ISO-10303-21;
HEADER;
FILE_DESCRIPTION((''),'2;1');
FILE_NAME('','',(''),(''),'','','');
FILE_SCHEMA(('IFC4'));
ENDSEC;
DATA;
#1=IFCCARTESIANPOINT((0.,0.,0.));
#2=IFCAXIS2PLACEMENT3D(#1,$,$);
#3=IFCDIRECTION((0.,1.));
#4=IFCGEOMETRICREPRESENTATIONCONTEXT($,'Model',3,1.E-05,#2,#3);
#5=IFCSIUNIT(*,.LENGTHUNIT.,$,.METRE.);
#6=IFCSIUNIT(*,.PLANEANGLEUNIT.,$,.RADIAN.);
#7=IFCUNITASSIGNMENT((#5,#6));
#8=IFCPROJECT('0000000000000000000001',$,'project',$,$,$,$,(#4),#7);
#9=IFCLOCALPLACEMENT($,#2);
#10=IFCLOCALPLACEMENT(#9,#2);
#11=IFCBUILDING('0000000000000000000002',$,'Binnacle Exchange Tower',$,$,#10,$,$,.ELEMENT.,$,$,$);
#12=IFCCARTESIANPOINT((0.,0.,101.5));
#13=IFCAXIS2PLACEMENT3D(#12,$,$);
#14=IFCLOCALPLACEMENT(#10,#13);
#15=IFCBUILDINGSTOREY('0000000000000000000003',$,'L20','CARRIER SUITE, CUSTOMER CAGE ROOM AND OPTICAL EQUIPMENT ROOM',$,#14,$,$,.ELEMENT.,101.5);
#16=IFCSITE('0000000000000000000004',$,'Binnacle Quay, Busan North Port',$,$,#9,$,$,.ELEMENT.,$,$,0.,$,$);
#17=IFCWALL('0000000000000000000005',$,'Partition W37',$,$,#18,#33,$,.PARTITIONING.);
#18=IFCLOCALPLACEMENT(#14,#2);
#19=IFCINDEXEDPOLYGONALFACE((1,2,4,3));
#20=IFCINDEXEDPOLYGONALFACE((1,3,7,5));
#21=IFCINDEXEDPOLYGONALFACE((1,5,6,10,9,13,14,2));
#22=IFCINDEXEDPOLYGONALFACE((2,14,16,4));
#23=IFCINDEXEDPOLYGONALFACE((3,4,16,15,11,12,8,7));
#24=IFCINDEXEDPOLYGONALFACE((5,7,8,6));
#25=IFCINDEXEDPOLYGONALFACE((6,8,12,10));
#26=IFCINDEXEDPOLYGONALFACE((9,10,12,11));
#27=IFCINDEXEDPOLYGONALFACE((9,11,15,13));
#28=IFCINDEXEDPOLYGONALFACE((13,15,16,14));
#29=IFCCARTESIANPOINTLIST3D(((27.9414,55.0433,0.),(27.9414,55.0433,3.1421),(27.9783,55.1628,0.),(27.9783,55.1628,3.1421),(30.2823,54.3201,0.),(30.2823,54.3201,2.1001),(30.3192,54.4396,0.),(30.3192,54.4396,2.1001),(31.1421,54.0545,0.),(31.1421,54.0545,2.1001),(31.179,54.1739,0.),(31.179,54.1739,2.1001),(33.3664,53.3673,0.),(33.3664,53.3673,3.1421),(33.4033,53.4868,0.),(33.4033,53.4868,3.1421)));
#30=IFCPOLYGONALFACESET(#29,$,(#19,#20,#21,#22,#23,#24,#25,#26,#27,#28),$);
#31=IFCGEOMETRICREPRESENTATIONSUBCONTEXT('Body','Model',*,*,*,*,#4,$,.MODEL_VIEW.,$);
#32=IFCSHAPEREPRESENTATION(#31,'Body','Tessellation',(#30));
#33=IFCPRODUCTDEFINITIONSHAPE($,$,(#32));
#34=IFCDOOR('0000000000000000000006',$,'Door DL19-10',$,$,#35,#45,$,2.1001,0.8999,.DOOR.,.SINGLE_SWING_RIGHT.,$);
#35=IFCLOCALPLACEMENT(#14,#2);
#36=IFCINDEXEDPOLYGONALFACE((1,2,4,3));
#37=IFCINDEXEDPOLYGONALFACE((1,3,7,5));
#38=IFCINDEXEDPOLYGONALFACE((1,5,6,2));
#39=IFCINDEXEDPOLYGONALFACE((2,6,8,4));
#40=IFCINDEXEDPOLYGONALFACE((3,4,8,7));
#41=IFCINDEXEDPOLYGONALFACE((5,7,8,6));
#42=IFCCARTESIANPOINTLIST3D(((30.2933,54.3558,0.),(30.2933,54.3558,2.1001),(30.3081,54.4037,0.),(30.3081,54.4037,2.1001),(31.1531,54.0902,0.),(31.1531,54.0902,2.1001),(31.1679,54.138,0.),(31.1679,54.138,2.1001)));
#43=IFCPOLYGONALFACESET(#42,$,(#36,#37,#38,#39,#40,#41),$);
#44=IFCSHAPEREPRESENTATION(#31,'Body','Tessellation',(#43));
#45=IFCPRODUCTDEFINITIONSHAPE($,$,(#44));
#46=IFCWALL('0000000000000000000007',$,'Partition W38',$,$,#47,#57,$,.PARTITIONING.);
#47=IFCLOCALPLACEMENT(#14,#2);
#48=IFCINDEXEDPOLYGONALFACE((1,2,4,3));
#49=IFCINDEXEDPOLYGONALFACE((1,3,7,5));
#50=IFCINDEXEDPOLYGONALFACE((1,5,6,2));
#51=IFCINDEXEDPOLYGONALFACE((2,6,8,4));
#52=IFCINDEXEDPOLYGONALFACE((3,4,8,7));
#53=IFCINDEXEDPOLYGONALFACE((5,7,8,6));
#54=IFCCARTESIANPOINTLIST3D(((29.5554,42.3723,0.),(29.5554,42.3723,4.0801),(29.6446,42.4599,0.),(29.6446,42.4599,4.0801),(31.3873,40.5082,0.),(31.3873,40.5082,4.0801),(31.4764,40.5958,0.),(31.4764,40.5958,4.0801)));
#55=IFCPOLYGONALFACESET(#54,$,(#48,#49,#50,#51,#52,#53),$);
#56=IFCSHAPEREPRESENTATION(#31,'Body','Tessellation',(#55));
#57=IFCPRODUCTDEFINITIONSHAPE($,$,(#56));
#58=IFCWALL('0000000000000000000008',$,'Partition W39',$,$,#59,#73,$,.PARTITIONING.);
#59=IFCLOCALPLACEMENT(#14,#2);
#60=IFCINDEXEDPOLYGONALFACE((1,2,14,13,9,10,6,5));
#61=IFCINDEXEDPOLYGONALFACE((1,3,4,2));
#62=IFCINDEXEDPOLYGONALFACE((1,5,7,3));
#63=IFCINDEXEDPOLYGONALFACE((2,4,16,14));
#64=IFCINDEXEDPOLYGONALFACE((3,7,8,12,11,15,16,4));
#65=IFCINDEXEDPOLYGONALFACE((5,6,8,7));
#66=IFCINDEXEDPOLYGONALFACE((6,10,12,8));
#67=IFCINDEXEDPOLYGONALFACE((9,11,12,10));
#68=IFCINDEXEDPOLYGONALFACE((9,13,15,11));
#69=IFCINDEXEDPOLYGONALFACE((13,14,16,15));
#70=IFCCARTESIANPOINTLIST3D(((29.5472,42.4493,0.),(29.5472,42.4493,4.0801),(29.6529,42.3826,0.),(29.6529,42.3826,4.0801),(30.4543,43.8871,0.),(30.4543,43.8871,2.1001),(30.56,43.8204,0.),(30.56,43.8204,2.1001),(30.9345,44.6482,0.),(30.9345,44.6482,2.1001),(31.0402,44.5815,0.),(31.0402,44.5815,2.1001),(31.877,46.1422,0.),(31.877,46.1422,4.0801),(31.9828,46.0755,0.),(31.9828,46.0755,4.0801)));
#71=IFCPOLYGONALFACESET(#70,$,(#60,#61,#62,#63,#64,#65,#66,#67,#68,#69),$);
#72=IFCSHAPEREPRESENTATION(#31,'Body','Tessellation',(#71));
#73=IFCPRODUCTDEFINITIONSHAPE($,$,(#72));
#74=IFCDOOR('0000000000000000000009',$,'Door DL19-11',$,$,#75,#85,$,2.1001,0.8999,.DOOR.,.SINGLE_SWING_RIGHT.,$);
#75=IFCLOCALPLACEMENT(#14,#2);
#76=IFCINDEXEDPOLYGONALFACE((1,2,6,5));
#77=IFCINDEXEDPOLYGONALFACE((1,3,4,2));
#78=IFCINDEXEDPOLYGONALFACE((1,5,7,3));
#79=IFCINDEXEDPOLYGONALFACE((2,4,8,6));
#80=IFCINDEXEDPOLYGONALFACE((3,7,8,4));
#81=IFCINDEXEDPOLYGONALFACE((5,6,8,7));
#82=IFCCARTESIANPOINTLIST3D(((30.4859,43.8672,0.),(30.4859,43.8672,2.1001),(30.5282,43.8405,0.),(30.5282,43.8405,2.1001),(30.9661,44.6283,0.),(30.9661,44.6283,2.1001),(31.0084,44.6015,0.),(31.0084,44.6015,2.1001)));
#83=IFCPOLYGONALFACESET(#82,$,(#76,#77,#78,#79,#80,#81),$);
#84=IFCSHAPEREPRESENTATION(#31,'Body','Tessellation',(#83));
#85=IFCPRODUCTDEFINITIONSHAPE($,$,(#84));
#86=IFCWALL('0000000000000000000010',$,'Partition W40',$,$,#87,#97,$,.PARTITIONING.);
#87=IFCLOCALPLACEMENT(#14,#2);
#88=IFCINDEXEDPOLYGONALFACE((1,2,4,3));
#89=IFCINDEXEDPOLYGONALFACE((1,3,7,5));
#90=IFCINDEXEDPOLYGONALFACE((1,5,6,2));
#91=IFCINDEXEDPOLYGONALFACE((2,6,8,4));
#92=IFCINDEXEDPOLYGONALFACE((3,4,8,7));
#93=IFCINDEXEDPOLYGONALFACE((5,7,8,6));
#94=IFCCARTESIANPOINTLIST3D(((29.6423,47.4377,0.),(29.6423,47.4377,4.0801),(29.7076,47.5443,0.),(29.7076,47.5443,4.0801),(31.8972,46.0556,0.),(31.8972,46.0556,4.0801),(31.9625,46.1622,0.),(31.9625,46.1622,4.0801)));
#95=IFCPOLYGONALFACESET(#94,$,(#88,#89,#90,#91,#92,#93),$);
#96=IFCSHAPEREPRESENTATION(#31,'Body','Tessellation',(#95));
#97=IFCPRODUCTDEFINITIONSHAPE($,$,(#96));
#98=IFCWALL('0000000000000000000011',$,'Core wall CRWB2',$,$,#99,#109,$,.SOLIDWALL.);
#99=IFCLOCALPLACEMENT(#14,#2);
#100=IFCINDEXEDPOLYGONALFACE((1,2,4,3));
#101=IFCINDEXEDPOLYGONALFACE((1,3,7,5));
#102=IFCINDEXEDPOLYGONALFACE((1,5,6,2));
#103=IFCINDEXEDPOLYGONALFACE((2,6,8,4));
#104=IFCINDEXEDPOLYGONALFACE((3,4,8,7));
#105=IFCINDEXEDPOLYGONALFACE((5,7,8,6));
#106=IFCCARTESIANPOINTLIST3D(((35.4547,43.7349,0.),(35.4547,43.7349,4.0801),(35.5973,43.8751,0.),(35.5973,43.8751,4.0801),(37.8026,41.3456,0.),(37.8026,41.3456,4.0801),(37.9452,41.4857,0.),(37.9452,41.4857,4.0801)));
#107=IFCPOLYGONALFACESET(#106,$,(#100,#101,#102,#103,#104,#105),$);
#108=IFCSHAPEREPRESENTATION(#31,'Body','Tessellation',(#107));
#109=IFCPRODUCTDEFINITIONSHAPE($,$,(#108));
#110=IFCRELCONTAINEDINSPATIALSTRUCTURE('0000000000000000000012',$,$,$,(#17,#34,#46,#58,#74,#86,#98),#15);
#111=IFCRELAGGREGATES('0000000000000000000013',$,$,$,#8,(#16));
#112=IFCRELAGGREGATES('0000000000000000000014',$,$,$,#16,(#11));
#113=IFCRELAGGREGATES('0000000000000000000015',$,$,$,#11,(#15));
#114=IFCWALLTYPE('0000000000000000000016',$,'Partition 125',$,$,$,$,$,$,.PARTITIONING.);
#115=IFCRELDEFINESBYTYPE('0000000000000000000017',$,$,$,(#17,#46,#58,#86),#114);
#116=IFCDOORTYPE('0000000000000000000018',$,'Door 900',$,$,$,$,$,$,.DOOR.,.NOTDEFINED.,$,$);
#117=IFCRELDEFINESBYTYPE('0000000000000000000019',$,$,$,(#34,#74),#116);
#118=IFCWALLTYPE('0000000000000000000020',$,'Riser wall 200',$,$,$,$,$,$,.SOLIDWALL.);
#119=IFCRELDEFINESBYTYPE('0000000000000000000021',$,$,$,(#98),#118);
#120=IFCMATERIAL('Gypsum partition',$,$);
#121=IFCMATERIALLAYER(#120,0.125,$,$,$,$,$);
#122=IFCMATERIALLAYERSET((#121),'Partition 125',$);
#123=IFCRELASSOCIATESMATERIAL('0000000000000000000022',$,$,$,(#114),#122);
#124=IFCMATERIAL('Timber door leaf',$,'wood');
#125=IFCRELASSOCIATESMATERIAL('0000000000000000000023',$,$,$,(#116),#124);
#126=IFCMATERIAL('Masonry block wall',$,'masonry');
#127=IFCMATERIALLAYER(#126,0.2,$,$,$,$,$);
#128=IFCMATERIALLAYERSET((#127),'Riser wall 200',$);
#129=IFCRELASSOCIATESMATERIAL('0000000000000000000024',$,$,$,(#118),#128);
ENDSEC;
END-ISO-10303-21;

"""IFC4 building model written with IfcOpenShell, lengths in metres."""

from ifc_helpers import new_model, si_unit, direction, frame, frame_2d, origin, place, context, subcontext, project, spatial, rectangle, extrude, material, layer, layer_set, type_object, element, fill, save


model = new_model("IFC4")

# Units and contexts
model_context = context("Model", 3, precision=1e-05, world=origin(), true_north=direction((0.0, 1.0)))
body_context = subcontext(model_context, "Body", "Model", "MODEL_VIEW")
ifc_project = project(units=[si_unit("LENGTHUNIT", "METRE"), si_unit("PLANEANGLEUNIT", "RADIAN")], contexts=[model_context])

# Site, building, storey
site_placement = place(None, origin())
site = spatial("IfcSite", under=ifc_project, at=site_placement, Name="Binnacle Quay, Busan North Port", CompositionType="ELEMENT", RefElevation=0.0)
building_placement = place(site_placement, origin())
building = spatial("IfcBuilding", under=site, at=building_placement, Name="Binnacle Exchange Tower", CompositionType="ELEMENT")
storey_placement = place(building_placement, frame((0.0, 0.0, 101.5)))
storey = spatial("IfcBuildingStorey", under=building, at=storey_placement, Name="L20", Description="CARRIER SUITE, CUSTOMER CAGE ROOM AND OPTICAL EQUIPMENT ROOM", CompositionType="ELEMENT", Elevation=101.5)

# Wall, opening, door
ifc_material_1 = material(Name="Gypsum partition")
ifc_layer_1 = layer(ifc_material_1, 0.125)
ifc_layer_set_1 = layer_set([ifc_layer_1], Name="Partition 125")
wall_type_1 = type_object("IfcWallType", Name="Partition 125", PredefinedType="PARTITIONING", material=ifc_layer_set_1)
wall_1_placement = place(storey_placement, frame((27.96, 55.103, 0.0), z_axis=(0.0, 0.0, 1.0), x_axis=(0.955443, -0.295176, 0.0)))
wall_1 = element("IfcWall", 1, at=wall_1_placement, inside=storey, type_object=wall_type_1, Name="Partition W37", PredefinedType="PARTITIONING", context=body_context, shape_type="SweptSolid", body=[
    extrude(rectangle(XDim=5.678, YDim=0.125, at=frame_2d((2.8389, 0.0))), origin(), (0.0, 0.0, 1.0), 3.1421),
])
opening_1_placement = place(wall_1_placement, frame((2.45, 0.0, 0.0)))
opening_1 = element("IfcOpeningElement", 2, at=opening_1_placement, cuts=wall_1, PredefinedType="OPENING", context=body_context, shape_type="SweptSolid", body=[
    extrude(rectangle(XDim=0.8999, YDim=2.1001, at=frame_2d((0.45, 1.05))), frame((0.0, 0.0725, 0.0), z_axis=(0.0, -1.0, 0.0), x_axis=(1.0, 0.0, 0.0)), (0.0, 0.0, 1.0), 0.145),
])
ifc_material_2 = material(Name="Timber door leaf", Category="wood")
door_type = type_object("IfcDoorType", Name="Door 900", OperationType="NOTDEFINED", PredefinedType="DOOR", material=ifc_material_2)
door_1_placement = place(opening_1_placement, origin())
door_1 = element("IfcDoor", 3, at=door_1_placement, inside=storey, type_object=door_type, Name="Door DL19-10", OperationType="SINGLE_SWING_RIGHT", OverallHeight=2.1001, OverallWidth=0.8999, PredefinedType="DOOR", context=body_context, shape_type="SweptSolid", body=[
    extrude(rectangle(XDim=0.8999, YDim=2.1001, at=frame_2d((0.45, 1.05))), frame((0.0, 0.0249, 0.0), z_axis=(0.0, -1.0, 0.0), x_axis=(1.0, 0.0, 0.0)), (0.0, 0.0, 1.0), 0.05),
])
fill(opening_1, door_1)

# Wall
wall_2_placement = place(storey_placement, frame((29.6001, 42.416, 0.0), z_axis=(0.0, 0.0, 1.0), x_axis=(0.700914, -0.713245, 0.0)))
element("IfcWall", 4, at=wall_2_placement, inside=storey, type_object=wall_type_1, Name="Partition W38", PredefinedType="PARTITIONING", context=body_context, shape_type="SweptSolid", body=[
    extrude(rectangle(XDim=2.6135, YDim=0.125, at=frame_2d((1.3066, 0.0))), origin(), (0.0, 0.0, 1.0), 4.0801),
])

# Wall, opening, door
wall_3_placement = place(storey_placement, frame((29.6001, 42.416, 0.0), z_axis=(0.0, 0.0, 1.0), x_axis=(0.533583, 0.845748, 0.0)))
wall_3 = element("IfcWall", 5, at=wall_3_placement, inside=storey, type_object=wall_type_1, Name="Partition W39", PredefinedType="PARTITIONING", context=body_context, shape_type="SweptSolid", body=[
    extrude(rectangle(XDim=4.3665, YDim=0.125, at=frame_2d((2.1831, 0.0))), origin(), (0.0, 0.0, 1.0), 4.0801),
])
opening_2_placement = place(wall_3_placement, frame((1.7, 0.0, 0.0)))
opening_2 = element("IfcOpeningElement", 6, at=opening_2_placement, cuts=wall_3, PredefinedType="OPENING", context=body_context, shape_type="SweptSolid", body=[
    extrude(rectangle(XDim=0.8999, YDim=2.1001, at=frame_2d((0.45, 1.05))), frame((0.0, 0.0725, 0.0), z_axis=(0.0, -1.0, 0.0), x_axis=(1.0, 0.0, 0.0)), (0.0, 0.0, 1.0), 0.145),
])
door_2_placement = place(opening_2_placement, frame((0.8999, 0.0, 0.0), z_axis=(0.0, 0.0, 1.0), x_axis=(-1.0, 0.0, 0.0)))
door_2 = element("IfcDoor", 7, at=door_2_placement, inside=storey, type_object=door_type, Name="Door DL19-11", OperationType="SINGLE_SWING_RIGHT", OverallHeight=2.1001, OverallWidth=0.8999, PredefinedType="DOOR", context=body_context, shape_type="SweptSolid", body=[
    extrude(rectangle(XDim=0.8999, YDim=2.1001, at=frame_2d((0.45, 1.05))), frame((0.0, 0.0249, 0.0), z_axis=(0.0, -1.0, 0.0), x_axis=(1.0, 0.0, 0.0)), (0.0, 0.0, 1.0), 0.05),
])
fill(opening_2, door_2)

# Walls
wall_4_placement = place(storey_placement, frame((29.675, 47.491, 0.0), z_axis=(0.0, 0.0, 1.0), x_axis=(0.852592, -0.522577, 0.0)))
element("IfcWall", 8, at=wall_4_placement, inside=storey, type_object=wall_type_1, Name="Partition W40", PredefinedType="PARTITIONING", context=body_context, shape_type="SweptSolid", body=[
    extrude(rectangle(XDim=2.6448, YDim=0.125, at=frame_2d((1.3223, 0.0))), origin(), (0.0, 0.0, 1.0), 4.0801),
])
ifc_material_3 = material(Name="Masonry block wall", Category="masonry")
ifc_layer_2 = layer(ifc_material_3, 0.2)
ifc_layer_set_2 = layer_set([ifc_layer_2], Name="Riser wall 200")
wall_type_2 = type_object("IfcWallType", Name="Riser wall 200", PredefinedType="SOLIDWALL", material=ifc_layer_set_2)
wall_5_placement = place(storey_placement, frame((35.5261, 43.8049, 0.0), z_axis=(0.0, 0.0, 1.0), x_axis=(0.700885, -0.713274, 0.0)))
element("IfcWall", 9, at=wall_5_placement, inside=storey, type_object=wall_type_2, Name="Core wall CRWB2", PredefinedType="SOLIDWALL", context=body_context, shape_type="SweptSolid", body=[
    extrude(rectangle(XDim=3.3499, YDim=0.2, at=frame_2d((1.6748, 0.0))), origin(), (0.0, 0.0, 1.0), 4.0801),
])

save(model, "model.ifc")
